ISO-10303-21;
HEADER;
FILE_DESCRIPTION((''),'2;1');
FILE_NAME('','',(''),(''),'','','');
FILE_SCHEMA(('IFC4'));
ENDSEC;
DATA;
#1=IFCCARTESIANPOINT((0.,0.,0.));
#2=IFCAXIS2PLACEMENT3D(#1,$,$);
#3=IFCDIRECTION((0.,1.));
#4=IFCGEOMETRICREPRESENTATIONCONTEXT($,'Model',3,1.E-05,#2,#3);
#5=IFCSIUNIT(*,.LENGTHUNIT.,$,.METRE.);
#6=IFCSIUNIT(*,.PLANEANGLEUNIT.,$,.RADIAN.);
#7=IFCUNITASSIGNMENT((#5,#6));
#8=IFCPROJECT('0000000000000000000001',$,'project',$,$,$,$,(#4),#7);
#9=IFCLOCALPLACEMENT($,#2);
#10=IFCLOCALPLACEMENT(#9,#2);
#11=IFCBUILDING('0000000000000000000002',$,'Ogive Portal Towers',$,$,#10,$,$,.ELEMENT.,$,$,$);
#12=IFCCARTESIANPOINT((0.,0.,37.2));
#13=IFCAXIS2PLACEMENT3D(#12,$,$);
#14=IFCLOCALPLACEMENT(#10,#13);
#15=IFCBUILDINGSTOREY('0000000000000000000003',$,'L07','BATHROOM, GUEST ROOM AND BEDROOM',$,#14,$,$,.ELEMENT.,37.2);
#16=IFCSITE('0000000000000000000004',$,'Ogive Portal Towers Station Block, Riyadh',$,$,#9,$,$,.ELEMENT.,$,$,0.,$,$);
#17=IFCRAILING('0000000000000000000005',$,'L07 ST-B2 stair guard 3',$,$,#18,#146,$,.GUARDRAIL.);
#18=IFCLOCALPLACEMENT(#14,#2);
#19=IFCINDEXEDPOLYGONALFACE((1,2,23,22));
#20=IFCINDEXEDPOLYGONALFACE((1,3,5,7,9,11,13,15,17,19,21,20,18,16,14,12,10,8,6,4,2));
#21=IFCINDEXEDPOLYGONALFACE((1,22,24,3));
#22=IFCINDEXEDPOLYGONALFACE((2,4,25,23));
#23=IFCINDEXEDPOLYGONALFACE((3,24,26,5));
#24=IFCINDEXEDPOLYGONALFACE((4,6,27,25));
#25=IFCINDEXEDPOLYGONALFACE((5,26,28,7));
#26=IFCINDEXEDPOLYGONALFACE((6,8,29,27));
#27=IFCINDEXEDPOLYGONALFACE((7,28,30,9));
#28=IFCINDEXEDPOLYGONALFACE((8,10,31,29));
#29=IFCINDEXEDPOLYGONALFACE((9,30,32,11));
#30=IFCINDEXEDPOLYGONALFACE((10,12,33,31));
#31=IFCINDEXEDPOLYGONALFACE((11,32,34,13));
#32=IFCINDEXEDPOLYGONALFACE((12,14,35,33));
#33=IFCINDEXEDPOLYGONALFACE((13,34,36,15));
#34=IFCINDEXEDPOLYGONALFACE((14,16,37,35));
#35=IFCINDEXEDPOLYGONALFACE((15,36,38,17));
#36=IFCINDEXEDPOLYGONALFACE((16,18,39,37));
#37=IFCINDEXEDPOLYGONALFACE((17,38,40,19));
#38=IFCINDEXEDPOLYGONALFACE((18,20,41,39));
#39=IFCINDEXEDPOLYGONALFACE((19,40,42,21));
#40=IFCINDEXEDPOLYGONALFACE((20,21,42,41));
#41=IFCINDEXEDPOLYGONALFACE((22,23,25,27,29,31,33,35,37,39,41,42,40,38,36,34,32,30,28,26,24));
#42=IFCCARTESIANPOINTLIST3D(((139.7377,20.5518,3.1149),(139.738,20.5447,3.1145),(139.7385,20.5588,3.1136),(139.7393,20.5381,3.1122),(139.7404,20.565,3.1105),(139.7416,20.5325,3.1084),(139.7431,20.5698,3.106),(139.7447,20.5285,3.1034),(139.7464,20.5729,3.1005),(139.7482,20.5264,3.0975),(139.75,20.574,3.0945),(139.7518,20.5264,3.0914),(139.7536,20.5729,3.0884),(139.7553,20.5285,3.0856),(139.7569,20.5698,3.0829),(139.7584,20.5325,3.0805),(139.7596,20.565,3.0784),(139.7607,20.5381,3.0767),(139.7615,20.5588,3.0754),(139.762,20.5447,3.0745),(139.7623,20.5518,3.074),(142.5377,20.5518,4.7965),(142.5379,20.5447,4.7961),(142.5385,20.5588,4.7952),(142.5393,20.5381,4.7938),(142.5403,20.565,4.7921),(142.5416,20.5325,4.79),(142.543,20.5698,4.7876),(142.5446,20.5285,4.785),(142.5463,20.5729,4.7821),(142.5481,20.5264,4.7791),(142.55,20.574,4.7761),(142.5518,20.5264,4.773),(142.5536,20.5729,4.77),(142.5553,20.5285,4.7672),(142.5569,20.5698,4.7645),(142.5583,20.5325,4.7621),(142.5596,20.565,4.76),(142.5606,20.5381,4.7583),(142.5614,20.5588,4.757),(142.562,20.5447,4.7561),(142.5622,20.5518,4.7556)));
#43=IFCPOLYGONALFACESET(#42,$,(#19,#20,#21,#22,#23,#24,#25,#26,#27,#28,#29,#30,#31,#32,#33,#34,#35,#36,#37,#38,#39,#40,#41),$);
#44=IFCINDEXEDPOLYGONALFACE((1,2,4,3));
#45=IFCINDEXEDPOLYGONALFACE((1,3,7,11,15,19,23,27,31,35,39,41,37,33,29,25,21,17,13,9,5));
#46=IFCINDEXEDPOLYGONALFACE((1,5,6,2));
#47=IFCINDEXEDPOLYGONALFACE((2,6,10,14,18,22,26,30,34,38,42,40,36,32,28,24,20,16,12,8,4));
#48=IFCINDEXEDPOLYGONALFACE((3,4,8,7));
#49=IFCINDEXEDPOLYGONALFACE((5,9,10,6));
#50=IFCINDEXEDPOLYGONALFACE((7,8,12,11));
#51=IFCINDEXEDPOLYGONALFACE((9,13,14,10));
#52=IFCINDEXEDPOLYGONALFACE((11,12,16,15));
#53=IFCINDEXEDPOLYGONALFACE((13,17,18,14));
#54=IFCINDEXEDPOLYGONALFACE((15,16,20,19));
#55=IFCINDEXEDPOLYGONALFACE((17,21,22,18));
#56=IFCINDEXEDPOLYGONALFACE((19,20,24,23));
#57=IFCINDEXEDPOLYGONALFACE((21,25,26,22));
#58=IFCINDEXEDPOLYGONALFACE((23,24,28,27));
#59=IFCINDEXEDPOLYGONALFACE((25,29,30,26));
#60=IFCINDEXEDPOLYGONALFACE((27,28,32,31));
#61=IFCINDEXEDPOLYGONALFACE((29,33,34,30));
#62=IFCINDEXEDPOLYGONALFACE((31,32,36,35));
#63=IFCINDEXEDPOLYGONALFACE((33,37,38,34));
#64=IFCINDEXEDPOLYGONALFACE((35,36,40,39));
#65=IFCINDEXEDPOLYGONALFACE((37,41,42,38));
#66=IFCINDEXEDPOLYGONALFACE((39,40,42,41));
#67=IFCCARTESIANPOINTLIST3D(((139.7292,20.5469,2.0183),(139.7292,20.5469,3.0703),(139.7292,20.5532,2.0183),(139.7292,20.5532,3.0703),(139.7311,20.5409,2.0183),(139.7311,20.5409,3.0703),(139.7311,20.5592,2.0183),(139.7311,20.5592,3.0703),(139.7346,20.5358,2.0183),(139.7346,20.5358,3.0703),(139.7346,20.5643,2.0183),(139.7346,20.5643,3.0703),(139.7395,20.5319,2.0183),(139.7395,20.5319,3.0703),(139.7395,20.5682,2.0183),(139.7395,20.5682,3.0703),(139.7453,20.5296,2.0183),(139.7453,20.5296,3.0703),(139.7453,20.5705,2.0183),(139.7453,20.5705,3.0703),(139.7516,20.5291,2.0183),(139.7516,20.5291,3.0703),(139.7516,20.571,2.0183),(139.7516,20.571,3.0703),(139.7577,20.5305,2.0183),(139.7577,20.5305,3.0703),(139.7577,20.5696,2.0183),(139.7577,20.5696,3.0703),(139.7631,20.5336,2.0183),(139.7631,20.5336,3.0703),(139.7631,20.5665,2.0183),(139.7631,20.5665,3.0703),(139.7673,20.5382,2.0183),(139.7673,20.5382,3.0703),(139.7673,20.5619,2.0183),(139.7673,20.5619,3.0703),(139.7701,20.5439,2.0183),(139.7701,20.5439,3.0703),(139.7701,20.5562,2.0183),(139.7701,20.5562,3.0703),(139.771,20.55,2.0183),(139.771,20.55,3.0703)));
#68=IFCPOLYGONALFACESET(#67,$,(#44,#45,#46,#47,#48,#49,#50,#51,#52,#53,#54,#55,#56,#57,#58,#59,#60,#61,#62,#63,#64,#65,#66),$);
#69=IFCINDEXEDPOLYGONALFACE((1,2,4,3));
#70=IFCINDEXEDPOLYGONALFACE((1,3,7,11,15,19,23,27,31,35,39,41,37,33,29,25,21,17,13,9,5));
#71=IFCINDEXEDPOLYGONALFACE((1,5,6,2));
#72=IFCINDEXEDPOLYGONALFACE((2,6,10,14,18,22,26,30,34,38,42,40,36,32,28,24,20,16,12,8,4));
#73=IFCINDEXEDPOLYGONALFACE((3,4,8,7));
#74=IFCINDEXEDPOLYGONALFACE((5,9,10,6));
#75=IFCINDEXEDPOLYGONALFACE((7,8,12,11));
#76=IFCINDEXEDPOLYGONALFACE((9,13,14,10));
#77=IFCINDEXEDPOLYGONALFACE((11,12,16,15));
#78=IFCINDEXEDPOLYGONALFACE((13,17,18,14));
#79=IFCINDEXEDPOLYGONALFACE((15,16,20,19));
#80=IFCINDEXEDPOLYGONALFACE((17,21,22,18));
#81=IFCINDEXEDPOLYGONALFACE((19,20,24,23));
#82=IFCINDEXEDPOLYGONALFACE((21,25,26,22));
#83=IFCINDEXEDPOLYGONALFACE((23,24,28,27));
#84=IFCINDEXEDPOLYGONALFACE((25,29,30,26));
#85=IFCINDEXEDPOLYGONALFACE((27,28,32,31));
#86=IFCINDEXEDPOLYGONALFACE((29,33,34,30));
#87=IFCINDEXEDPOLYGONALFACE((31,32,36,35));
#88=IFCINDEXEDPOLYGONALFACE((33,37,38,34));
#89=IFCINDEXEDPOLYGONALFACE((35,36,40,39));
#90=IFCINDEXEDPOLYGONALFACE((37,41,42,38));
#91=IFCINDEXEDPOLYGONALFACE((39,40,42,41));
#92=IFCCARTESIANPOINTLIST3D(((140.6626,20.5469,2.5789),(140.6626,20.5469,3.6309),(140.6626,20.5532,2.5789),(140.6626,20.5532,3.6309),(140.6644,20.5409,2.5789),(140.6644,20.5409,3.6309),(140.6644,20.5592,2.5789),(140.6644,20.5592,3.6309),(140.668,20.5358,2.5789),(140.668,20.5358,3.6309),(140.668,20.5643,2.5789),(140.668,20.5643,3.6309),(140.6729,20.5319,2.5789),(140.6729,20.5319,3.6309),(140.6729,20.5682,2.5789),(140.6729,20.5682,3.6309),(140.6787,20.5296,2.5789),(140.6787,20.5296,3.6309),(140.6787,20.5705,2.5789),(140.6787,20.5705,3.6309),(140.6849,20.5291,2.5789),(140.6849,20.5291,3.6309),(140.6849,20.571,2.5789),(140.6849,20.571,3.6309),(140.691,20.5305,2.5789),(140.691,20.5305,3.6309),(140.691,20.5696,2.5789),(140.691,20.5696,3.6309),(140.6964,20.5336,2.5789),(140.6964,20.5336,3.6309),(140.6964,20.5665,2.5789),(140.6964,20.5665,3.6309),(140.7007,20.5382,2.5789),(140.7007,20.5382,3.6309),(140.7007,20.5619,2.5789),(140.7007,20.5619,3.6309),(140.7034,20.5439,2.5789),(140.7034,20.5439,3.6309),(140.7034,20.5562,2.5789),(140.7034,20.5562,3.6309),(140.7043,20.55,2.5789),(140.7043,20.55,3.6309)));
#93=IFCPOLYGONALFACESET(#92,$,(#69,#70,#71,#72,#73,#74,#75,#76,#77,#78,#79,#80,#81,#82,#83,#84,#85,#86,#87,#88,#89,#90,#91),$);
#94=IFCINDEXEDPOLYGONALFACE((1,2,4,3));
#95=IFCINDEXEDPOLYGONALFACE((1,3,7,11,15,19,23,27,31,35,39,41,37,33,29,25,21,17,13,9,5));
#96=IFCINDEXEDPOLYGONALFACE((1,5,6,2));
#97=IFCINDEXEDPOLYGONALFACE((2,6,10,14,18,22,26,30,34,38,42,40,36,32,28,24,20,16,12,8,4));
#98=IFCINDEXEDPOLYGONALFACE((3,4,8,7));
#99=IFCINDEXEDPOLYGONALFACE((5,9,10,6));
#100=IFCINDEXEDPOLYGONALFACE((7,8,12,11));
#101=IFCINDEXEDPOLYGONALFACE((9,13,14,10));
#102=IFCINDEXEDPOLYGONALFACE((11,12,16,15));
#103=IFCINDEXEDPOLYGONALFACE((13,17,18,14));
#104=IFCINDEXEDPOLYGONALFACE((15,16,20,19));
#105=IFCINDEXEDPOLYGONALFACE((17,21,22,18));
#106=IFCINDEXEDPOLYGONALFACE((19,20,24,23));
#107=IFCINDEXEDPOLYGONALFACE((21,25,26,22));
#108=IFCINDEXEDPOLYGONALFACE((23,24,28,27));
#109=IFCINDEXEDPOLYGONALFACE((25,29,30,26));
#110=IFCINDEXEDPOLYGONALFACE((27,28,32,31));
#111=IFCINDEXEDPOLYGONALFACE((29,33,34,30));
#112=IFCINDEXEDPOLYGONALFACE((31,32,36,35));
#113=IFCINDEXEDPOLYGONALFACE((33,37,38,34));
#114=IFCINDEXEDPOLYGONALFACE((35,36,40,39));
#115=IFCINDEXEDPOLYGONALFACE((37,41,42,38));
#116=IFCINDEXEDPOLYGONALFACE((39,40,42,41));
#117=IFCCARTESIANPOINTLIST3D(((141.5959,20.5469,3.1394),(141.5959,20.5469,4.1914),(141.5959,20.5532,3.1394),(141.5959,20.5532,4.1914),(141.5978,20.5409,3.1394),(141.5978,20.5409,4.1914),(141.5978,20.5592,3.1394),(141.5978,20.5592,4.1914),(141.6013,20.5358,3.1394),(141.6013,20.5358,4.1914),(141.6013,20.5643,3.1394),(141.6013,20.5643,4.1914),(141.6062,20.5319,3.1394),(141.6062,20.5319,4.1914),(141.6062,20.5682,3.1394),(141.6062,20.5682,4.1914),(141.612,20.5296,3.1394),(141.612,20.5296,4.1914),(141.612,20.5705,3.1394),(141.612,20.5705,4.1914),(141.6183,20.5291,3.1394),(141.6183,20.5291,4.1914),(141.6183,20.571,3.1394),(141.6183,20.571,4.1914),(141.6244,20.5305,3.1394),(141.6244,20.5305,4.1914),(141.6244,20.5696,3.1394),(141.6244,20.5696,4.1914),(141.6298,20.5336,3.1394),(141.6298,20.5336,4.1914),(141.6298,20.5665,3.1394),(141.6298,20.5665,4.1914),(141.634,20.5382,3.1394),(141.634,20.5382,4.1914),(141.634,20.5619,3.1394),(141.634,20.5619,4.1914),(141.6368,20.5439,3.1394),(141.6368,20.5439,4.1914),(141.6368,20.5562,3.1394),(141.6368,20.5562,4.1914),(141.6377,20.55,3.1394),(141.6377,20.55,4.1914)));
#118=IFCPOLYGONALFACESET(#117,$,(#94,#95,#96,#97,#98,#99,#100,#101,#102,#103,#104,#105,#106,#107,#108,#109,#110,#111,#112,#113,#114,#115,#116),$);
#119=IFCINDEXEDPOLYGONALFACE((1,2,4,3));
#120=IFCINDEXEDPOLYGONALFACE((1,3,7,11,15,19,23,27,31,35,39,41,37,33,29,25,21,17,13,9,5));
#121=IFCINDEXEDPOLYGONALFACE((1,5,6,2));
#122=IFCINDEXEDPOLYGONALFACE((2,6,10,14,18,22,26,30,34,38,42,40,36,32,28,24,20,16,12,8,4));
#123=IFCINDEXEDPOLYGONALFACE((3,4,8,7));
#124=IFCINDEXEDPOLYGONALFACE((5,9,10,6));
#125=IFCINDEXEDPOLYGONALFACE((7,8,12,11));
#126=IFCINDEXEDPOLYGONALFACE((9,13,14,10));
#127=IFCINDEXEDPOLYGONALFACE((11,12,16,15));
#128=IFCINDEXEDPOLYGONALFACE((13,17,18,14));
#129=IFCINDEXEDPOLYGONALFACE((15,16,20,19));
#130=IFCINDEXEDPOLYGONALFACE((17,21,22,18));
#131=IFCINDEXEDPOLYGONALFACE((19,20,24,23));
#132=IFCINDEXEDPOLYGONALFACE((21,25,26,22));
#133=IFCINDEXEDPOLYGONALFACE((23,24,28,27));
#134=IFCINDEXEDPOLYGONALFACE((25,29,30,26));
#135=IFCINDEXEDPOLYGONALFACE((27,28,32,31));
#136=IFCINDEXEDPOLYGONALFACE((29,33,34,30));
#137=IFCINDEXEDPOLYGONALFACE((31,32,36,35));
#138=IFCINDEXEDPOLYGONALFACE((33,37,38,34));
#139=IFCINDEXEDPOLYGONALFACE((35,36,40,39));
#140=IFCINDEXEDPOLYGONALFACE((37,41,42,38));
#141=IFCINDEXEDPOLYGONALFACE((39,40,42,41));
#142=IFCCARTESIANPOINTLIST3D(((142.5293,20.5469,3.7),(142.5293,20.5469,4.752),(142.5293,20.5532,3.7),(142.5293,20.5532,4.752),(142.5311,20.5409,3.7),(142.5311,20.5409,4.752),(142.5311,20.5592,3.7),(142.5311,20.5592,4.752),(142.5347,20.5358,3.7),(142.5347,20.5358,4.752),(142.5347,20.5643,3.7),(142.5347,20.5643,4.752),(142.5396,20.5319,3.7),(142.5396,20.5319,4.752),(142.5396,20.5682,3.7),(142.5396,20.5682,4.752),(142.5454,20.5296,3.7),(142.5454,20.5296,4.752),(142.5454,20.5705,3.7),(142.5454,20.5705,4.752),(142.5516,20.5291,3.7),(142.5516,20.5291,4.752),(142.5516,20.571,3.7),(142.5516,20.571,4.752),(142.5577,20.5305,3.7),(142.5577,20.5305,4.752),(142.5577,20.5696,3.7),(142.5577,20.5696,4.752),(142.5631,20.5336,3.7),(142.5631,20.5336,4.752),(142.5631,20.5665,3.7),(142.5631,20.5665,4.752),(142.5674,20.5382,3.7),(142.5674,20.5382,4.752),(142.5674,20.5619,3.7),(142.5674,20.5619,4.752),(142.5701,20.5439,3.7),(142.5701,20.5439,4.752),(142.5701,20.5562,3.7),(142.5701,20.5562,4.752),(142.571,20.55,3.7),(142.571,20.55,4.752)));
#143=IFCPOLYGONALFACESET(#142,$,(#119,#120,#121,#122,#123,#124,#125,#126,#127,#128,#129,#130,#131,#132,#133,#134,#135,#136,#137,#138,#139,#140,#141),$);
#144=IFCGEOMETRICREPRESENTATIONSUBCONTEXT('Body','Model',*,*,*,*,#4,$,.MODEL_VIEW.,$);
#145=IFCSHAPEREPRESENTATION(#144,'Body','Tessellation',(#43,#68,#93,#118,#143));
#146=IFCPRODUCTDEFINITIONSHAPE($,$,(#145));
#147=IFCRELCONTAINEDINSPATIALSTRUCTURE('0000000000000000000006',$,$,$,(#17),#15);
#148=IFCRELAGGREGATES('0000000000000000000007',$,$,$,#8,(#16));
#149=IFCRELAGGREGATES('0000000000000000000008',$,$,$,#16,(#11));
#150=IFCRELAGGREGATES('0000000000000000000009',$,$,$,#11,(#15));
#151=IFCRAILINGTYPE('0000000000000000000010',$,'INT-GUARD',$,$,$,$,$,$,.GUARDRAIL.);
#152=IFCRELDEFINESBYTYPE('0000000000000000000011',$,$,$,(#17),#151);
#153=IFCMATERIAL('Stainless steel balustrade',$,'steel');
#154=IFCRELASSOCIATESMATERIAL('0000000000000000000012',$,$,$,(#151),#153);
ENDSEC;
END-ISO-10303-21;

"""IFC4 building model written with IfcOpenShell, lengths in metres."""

from ifc_helpers import new_model, si_unit, direction, frame, origin, origin_2d, place, context, subcontext, project, spatial, circle, extrude, material, type_object, element, save


model = new_model("IFC4")

# Units and contexts
model_context = context("Model", 3, precision=1e-05, world=origin(), true_north=direction((0.0, 1.0)))
body_context = subcontext(model_context, "Body", "Model", "MODEL_VIEW")
ifc_project = project(units=[si_unit("LENGTHUNIT", "METRE"), si_unit("PLANEANGLEUNIT", "RADIAN")], contexts=[model_context])

# Site, building, storey
site_placement = place(None, origin())
site = spatial("IfcSite", under=ifc_project, at=site_placement, Name="Ogive Portal Towers Station Block, Riyadh", CompositionType="ELEMENT", RefElevation=0.0)
building_placement = place(site_placement, origin())
building = spatial("IfcBuilding", under=site, at=building_placement, Name="Ogive Portal Towers", CompositionType="ELEMENT")
storey_placement = place(building_placement, frame((0.0, 0.0, 37.2)))
storey = spatial("IfcBuildingStorey", under=building, at=storey_placement, Name="L07", Description="BATHROOM, GUEST ROOM AND BEDROOM", CompositionType="ELEMENT", Elevation=37.2)

# Railing
ifc_material_1 = material(Name="Stainless steel balustrade", Category="steel")
railing_type_1 = type_object("IfcRailingType", Name="INT-GUARD", PredefinedType="GUARDRAIL", material=ifc_material_1)
railing_1_placement = place(storey_placement, frame((139.75, 20.55, 2.0183)))
element("IfcRailing", 1, at=railing_1_placement, inside=storey, type_object=railing_type_1, Name="L07 ST-B2 stair guard 3", PredefinedType="GUARDRAIL", context=body_context, shape_type="SweptSolid", body=[
    extrude(circle(Radius=0.0239, at=origin_2d()), frame((0.0, 0.0, 1.0762), z_axis=(0.857275, 0.0, 0.514858), x_axis=(0.0, 1.0, 0.0)), (0.0, 0.0, 1.0), 3.2661),
    extrude(circle(Radius=0.021, at=origin_2d()), origin(), (0.0, 0.0, 1.0), 1.052),
    extrude(circle(Radius=0.021, at=origin_2d()), frame((0.9333, 0.0, 0.5605)), (0.0, 0.0, 1.0), 1.052),
    extrude(circle(Radius=0.021, at=origin_2d()), frame((1.8667, 0.0, 1.1211)), (0.0, 0.0, 1.0), 1.052),
    extrude(circle(Radius=0.021, at=origin_2d()), frame((2.8, 0.0, 1.6816)), (0.0, 0.0, 1.0), 1.052),
])

save(model, "model.ifc")
